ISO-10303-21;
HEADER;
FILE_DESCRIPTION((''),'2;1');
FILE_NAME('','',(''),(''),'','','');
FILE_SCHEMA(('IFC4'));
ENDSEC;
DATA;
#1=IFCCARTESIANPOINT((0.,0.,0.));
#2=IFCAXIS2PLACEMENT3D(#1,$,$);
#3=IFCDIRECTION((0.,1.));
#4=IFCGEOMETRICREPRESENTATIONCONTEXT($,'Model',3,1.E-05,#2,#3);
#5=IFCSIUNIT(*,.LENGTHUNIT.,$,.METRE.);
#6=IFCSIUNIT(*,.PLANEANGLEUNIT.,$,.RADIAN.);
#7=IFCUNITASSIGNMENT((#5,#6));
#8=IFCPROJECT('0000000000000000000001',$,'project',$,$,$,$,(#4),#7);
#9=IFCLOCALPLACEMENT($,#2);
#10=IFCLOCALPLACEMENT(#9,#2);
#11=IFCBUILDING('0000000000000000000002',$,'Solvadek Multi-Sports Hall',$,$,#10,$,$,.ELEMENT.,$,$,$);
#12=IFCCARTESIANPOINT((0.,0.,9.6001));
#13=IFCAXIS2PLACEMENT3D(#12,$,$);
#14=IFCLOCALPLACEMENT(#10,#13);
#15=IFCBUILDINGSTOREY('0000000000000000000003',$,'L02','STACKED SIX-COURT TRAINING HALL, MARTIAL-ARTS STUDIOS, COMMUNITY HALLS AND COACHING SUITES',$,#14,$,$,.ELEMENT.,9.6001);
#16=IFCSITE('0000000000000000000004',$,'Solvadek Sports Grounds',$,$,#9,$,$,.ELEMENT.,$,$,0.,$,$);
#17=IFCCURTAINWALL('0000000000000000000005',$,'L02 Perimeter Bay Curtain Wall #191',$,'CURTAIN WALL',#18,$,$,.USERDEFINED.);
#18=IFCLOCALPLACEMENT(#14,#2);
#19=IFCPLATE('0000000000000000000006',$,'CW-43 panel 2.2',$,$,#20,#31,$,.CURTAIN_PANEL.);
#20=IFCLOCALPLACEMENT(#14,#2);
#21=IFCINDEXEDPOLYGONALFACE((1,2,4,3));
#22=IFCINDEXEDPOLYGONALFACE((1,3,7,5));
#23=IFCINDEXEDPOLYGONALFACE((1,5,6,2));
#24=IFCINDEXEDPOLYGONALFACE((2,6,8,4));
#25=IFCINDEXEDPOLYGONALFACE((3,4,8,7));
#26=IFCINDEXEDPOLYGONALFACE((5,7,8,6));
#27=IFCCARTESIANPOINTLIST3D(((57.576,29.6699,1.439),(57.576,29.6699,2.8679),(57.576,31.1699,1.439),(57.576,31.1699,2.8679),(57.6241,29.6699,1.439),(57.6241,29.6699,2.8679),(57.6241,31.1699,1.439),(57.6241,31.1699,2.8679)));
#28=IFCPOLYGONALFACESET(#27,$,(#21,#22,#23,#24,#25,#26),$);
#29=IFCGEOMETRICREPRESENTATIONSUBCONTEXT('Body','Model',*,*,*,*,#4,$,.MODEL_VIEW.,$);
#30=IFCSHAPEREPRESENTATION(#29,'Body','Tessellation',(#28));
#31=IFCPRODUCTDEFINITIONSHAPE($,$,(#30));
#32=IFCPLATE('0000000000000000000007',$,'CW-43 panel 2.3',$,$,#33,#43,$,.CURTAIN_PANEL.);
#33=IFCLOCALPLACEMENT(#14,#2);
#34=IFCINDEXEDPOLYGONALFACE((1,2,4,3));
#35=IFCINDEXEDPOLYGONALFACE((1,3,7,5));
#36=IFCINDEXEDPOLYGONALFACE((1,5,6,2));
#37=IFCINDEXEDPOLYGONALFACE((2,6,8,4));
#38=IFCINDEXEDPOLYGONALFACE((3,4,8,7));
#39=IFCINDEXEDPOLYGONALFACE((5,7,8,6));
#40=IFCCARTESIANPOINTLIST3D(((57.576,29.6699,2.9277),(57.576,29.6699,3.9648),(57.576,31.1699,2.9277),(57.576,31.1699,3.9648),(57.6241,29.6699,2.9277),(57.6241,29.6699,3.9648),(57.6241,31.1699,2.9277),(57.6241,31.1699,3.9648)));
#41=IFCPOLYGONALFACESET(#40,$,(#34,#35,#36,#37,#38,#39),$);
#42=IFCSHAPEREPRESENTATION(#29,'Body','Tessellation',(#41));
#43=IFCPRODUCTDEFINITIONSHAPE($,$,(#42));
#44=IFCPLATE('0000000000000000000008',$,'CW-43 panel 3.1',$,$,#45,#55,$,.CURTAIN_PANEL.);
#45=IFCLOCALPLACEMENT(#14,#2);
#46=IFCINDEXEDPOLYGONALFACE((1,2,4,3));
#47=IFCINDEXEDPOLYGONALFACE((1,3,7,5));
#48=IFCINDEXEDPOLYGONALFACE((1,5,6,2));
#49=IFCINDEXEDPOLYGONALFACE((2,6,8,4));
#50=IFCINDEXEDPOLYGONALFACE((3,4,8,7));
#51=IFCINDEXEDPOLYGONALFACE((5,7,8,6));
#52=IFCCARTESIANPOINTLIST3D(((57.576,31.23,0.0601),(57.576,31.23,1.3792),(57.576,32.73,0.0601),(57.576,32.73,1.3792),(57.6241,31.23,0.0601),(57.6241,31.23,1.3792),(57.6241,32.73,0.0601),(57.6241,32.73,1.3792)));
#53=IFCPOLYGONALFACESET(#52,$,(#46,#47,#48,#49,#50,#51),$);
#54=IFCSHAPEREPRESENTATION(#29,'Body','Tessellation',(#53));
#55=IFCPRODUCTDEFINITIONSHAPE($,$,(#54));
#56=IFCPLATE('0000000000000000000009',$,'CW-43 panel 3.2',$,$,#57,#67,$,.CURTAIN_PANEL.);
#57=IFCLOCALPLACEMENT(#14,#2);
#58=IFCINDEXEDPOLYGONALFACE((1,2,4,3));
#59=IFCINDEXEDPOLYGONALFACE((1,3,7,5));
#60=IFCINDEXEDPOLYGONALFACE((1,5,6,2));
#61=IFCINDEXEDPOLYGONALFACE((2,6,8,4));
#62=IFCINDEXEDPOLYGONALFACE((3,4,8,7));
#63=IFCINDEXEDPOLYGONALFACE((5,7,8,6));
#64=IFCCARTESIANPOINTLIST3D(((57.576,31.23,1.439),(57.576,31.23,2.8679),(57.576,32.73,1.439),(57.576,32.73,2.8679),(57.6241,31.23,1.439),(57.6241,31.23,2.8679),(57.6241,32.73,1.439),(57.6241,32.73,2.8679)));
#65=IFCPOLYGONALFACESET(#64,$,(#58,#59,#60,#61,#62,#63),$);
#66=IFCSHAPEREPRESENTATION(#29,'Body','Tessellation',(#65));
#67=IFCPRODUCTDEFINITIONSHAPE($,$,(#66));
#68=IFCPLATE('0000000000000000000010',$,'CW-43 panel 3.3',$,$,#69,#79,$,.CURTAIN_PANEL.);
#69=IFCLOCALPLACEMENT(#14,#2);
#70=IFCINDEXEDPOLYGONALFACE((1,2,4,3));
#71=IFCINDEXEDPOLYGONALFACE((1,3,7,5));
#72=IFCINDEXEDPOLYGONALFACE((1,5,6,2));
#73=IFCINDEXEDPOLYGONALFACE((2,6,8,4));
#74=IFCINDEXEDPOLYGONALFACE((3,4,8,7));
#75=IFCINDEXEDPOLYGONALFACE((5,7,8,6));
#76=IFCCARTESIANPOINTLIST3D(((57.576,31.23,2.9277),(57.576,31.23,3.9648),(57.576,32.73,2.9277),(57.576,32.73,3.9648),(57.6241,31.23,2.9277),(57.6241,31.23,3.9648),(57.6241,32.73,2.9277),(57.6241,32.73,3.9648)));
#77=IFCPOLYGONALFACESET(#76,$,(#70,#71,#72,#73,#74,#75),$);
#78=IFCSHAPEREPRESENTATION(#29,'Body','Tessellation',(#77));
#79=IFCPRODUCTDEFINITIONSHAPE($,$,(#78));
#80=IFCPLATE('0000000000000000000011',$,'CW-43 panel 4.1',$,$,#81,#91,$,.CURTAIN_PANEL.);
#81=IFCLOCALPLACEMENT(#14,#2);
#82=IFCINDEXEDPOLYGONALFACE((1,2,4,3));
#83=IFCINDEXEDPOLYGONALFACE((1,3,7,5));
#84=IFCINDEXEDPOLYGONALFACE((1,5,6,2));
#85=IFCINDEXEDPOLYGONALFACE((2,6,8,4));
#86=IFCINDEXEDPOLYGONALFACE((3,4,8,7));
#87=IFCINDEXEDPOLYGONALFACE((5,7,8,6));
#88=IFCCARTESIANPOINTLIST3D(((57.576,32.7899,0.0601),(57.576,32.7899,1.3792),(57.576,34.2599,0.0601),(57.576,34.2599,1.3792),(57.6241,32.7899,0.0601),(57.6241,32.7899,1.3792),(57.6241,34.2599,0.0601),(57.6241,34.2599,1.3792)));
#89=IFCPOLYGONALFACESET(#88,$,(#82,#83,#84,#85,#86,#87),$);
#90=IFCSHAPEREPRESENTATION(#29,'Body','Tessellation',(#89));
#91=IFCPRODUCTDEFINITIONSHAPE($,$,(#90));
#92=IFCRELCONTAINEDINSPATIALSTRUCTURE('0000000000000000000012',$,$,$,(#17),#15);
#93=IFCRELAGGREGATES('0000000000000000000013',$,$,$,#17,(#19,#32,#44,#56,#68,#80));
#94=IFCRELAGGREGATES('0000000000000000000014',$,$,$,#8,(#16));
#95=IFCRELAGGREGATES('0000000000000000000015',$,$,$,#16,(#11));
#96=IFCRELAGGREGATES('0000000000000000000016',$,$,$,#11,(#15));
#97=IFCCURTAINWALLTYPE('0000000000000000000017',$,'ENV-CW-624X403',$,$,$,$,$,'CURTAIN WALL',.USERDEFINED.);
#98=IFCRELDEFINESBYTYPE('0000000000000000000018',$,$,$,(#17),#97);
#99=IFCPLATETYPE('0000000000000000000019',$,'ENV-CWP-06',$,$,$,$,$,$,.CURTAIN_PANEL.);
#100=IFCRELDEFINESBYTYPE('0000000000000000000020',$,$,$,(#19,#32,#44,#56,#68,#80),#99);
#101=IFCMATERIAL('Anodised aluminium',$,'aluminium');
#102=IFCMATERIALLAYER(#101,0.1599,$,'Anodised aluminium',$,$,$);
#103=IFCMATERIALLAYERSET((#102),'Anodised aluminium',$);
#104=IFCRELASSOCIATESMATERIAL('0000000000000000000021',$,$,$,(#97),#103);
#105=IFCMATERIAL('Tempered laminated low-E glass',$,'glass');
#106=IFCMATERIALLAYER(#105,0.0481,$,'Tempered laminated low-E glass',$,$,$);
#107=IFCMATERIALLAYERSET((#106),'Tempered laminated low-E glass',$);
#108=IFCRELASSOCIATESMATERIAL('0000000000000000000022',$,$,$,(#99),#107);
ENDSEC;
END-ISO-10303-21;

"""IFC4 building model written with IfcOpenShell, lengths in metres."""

from ifc_helpers import new_model, si_unit, direction, frame, origin, origin_2d, place, context, subcontext, project, spatial, rectangle, extrude, material, layer, layer_set, type_object, element, aggregate, save


model = new_model("IFC4")

# Units and contexts
model_context = context("Model", 3, precision=1e-05, world=origin(), true_north=direction((0.0, 1.0)))
body_context = subcontext(model_context, "Body", "Model", "MODEL_VIEW")
ifc_project = project(units=[si_unit("LENGTHUNIT", "METRE"), si_unit("PLANEANGLEUNIT", "RADIAN")], contexts=[model_context])

# Site, building, storey
site_placement = place(None, origin())
site = spatial("IfcSite", under=ifc_project, at=site_placement, Name="Solvadek Sports Grounds", CompositionType="ELEMENT", RefElevation=0.0)
building_placement = place(site_placement, origin())
building = spatial("IfcBuilding", under=site, at=building_placement, Name="Solvadek Multi-Sports Hall", CompositionType="ELEMENT")
storey_placement = place(building_placement, frame((0.0, 0.0, 9.6001)))
storey = spatial("IfcBuildingStorey", under=building, at=storey_placement, Name="L02", Description="STACKED SIX-COURT TRAINING HALL, MARTIAL-ARTS STUDIOS, COMMUNITY HALLS AND COACHING SUITES", CompositionType="ELEMENT", Elevation=9.6001)

# Curtain wall, plates
ifc_material_1 = material(Name="Anodised aluminium", Category="aluminium")
ifc_layer_1 = layer(ifc_material_1, 0.1599, Name="Anodised aluminium")
ifc_layer_set_1 = layer_set([ifc_layer_1], Name="Anodised aluminium")
curtain_wall_type = type_object("IfcCurtainWallType", Name="ENV-CW-624X403", ElementType="CURTAIN WALL", PredefinedType="USERDEFINED", material=ifc_layer_set_1)
curtain_wall_placement = place(storey_placement, origin())
curtain_wall = element("IfcCurtainWall", 1, at=curtain_wall_placement, inside=storey, type_object=curtain_wall_type, Name="L02 Perimeter Bay Curtain Wall #191", ObjectType="CURTAIN WALL", PredefinedType="USERDEFINED")
ifc_material_2 = material(Name="Tempered laminated low-E glass", Category="glass")
ifc_layer_2 = layer(ifc_material_2, 0.0481, Name="Tempered laminated low-E glass")
ifc_layer_set_2 = layer_set([ifc_layer_2], Name="Tempered laminated low-E glass")
plate_type = type_object("IfcPlateType", Name="ENV-CWP-06", PredefinedType="CURTAIN_PANEL", material=ifc_layer_set_2)
plate_1_placement = place(storey_placement, frame((57.6001, 30.4199, 1.439), z_axis=(0.0, 0.0, 1.0), x_axis=(0.0, 1.0, 0.0)))
plate_1 = element("IfcPlate", 2, at=plate_1_placement, type_object=plate_type, Name="CW-43 panel 2.2", PredefinedType="CURTAIN_PANEL", context=body_context, shape_type="SweptSolid", body=[
    extrude(rectangle(XDim=1.5, YDim=0.0481, at=origin_2d()), origin(), (0.0, 0.0, 1.0), 1.429),
])
plate_2_placement = place(storey_placement, frame((57.6001, 30.4199, 2.9277), z_axis=(0.0, 0.0, 1.0), x_axis=(0.0, 1.0, 0.0)))
plate_2 = element("IfcPlate", 3, at=plate_2_placement, type_object=plate_type, Name="CW-43 panel 2.3", PredefinedType="CURTAIN_PANEL", context=body_context, shape_type="SweptSolid", body=[
    extrude(rectangle(XDim=1.5, YDim=0.0481, at=origin_2d()), origin(), (0.0, 0.0, 1.0), 1.0371),
])
plate_3_placement = place(storey_placement, frame((57.6001, 31.98, 0.0601), z_axis=(0.0, 0.0, 1.0), x_axis=(0.0, 1.0, 0.0)))
plate_3 = element("IfcPlate", 4, at=plate_3_placement, type_object=plate_type, Name="CW-43 panel 3.1", PredefinedType="CURTAIN_PANEL", context=body_context, shape_type="SweptSolid", body=[
    extrude(rectangle(XDim=1.5, YDim=0.0481, at=origin_2d()), origin(), (0.0, 0.0, 1.0), 1.3191),
])
plate_4_placement = place(storey_placement, frame((57.6001, 31.98, 1.439), z_axis=(0.0, 0.0, 1.0), x_axis=(0.0, 1.0, 0.0)))
plate_4 = element("IfcPlate", 5, at=plate_4_placement, type_object=plate_type, Name="CW-43 panel 3.2", PredefinedType="CURTAIN_PANEL", context=body_context, shape_type="SweptSolid", body=[
    extrude(rectangle(XDim=1.5, YDim=0.0481, at=origin_2d()), origin(), (0.0, 0.0, 1.0), 1.429),
])
plate_5_placement = place(storey_placement, frame((57.6001, 31.98, 2.9277), z_axis=(0.0, 0.0, 1.0), x_axis=(0.0, 1.0, 0.0)))
plate_5 = element("IfcPlate", 6, at=plate_5_placement, type_object=plate_type, Name="CW-43 panel 3.3", PredefinedType="CURTAIN_PANEL", context=body_context, shape_type="SweptSolid", body=[
    extrude(rectangle(XDim=1.5, YDim=0.0481, at=origin_2d()), origin(), (0.0, 0.0, 1.0), 1.0371),
])
plate_6_placement = place(storey_placement, frame((57.6001, 33.5249, 0.0601), z_axis=(0.0, 0.0, 1.0), x_axis=(0.0, 1.0, 0.0)))
plate_6 = element("IfcPlate", 7, at=plate_6_placement, type_object=plate_type, Name="CW-43 panel 4.1", PredefinedType="CURTAIN_PANEL", context=body_context, shape_type="SweptSolid", body=[
    extrude(rectangle(XDim=1.47, YDim=0.0481, at=origin_2d()), origin(), (0.0, 0.0, 1.0), 1.3191),
])
aggregate(curtain_wall, [plate_1, plate_2, plate_3, plate_4, plate_5, plate_6])

save(model, "model.ifc")
